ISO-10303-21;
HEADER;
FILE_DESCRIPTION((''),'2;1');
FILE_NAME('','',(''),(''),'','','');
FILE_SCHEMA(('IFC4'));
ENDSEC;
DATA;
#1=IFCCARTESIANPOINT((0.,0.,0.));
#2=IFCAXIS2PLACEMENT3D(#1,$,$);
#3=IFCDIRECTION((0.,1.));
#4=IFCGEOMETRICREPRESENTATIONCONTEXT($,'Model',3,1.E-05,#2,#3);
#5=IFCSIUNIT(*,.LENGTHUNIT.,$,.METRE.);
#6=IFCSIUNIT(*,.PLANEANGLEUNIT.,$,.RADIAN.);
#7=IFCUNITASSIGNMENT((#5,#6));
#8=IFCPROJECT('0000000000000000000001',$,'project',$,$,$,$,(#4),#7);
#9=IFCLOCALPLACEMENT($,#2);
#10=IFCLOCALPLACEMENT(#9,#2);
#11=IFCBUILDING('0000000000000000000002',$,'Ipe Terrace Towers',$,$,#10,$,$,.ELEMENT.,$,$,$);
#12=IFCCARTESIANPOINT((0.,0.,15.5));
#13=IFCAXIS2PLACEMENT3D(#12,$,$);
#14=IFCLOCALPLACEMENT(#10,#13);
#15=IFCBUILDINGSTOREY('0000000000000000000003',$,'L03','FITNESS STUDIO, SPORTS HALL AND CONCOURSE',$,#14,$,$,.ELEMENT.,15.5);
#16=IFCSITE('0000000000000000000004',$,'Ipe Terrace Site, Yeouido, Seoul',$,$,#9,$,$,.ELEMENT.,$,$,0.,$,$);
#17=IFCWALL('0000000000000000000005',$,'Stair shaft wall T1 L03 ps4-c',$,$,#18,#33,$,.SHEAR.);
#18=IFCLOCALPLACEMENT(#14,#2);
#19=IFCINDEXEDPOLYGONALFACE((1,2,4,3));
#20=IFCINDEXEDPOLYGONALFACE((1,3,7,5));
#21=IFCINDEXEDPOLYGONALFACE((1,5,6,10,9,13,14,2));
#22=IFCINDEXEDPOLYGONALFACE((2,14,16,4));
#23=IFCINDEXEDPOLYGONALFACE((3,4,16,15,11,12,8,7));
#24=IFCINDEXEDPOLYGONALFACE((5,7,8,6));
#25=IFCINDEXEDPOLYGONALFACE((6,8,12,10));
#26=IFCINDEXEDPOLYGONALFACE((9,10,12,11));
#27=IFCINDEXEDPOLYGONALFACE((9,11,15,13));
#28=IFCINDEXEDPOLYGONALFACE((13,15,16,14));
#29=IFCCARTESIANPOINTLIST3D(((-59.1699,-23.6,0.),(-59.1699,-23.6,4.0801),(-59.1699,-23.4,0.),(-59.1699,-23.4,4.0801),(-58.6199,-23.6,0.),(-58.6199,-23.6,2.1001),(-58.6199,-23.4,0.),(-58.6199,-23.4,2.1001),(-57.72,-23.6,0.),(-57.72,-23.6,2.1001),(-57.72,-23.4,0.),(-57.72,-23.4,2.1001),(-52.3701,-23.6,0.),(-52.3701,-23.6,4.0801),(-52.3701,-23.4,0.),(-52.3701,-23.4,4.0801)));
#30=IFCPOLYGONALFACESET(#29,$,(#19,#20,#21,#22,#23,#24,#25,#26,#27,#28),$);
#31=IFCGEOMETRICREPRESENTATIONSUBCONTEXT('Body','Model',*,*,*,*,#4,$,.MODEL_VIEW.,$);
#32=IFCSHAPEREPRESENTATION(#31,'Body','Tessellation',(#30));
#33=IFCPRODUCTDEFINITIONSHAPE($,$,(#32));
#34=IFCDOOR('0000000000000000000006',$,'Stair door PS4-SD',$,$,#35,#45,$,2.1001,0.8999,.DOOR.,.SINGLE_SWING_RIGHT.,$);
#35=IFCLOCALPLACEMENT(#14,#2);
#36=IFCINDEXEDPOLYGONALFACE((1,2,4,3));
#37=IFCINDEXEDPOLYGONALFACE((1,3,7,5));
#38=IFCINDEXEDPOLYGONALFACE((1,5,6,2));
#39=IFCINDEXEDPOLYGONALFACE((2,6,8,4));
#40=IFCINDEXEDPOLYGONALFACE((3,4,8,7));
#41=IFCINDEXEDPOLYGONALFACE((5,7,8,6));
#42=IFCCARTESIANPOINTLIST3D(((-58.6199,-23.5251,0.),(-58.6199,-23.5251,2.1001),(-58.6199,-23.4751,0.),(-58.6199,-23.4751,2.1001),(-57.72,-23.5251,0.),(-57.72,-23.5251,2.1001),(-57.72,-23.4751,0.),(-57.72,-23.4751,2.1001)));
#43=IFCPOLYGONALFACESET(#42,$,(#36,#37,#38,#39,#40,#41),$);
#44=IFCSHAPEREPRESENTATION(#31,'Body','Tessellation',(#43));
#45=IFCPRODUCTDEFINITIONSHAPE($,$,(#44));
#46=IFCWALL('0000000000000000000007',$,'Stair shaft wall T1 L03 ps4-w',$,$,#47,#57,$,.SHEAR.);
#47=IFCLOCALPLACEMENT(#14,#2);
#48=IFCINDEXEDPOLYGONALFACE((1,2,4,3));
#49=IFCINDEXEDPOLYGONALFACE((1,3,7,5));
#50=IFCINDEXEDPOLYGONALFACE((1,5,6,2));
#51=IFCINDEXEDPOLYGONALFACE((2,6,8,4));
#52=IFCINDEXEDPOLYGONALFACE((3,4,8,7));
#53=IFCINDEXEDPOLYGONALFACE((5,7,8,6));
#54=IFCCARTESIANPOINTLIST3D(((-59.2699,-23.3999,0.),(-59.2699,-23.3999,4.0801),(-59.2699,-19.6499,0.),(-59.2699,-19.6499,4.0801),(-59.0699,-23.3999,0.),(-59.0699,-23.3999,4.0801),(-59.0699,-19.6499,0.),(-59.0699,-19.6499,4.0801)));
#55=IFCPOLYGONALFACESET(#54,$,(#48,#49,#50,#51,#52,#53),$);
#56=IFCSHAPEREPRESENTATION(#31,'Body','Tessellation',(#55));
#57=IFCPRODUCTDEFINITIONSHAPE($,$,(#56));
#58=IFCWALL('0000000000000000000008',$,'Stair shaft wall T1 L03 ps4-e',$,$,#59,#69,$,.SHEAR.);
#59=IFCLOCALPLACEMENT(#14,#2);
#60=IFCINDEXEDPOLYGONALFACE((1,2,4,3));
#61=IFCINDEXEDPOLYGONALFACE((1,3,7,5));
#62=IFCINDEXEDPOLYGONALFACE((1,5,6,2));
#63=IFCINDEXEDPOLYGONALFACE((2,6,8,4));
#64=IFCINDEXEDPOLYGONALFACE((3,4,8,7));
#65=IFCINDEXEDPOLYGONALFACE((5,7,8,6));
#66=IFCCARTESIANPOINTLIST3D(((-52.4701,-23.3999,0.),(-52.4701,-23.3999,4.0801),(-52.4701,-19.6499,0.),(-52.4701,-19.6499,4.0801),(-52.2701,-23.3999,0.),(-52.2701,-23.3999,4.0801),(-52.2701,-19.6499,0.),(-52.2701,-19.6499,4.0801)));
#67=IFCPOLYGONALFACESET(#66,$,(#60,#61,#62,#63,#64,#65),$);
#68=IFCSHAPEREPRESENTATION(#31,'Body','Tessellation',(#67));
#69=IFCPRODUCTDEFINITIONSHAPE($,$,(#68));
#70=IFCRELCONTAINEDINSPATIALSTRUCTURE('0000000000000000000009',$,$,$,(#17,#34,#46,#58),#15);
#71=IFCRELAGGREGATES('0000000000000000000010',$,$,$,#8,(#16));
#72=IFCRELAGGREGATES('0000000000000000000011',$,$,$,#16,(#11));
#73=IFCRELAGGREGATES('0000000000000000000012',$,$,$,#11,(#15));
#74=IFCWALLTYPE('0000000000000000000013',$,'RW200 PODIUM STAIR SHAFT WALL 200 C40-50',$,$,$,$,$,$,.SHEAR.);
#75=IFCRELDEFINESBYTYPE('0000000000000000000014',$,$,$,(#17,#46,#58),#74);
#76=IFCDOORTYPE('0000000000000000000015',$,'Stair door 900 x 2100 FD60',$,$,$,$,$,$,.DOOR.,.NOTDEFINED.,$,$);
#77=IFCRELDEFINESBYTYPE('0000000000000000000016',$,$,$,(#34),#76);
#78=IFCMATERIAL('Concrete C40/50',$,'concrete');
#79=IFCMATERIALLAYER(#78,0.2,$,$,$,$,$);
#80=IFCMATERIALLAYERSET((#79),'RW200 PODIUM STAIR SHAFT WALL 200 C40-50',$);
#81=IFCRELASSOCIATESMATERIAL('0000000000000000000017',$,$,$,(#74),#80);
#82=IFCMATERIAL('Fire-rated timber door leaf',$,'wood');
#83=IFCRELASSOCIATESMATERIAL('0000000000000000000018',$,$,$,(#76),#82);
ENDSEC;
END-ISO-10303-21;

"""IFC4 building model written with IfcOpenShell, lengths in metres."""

from ifc_helpers import new_model, si_unit, direction, frame, frame_2d, origin, place, context, subcontext, project, spatial, rectangle, extrude, material, layer, layer_set, type_object, element, fill, save


model = new_model("IFC4")

# Units and contexts
model_context = context("Model", 3, precision=1e-05, world=origin(), true_north=direction((0.0, 1.0)))
body_context = subcontext(model_context, "Body", "Model", "MODEL_VIEW")
ifc_project = project(units=[si_unit("LENGTHUNIT", "METRE"), si_unit("PLANEANGLEUNIT", "RADIAN")], contexts=[model_context])

# Site, building, storey
site_placement = place(None, origin())
site = spatial("IfcSite", under=ifc_project, at=site_placement, Name="Ipe Terrace Site, Yeouido, Seoul", CompositionType="ELEMENT", RefElevation=0.0)
building_placement = place(site_placement, origin())
building = spatial("IfcBuilding", under=site, at=building_placement, Name="Ipe Terrace Towers", CompositionType="ELEMENT")
storey_placement = place(building_placement, frame((0.0, 0.0, 15.5)))
storey = spatial("IfcBuildingStorey", under=building, at=storey_placement, Name="L03", Description="FITNESS STUDIO, SPORTS HALL AND CONCOURSE", CompositionType="ELEMENT", Elevation=15.5)

# Wall, opening, door
ifc_material_1 = material(Name="Concrete C40/50", Category="concrete")
ifc_layer_1 = layer(ifc_material_1, 0.2)
ifc_layer_set_1 = layer_set([ifc_layer_1], Name="RW200 PODIUM STAIR SHAFT WALL 200 C40-50")
wall_type_1 = type_object("IfcWallType", Name="RW200 PODIUM STAIR SHAFT WALL 200 C40-50", PredefinedType="SHEAR", material=ifc_layer_set_1)
wall_1_placement = place(storey_placement, frame((-59.1699, -23.5, 0.0), z_axis=(0.0, 0.0, 1.0), x_axis=(1.0, 0.0, 0.0)))
wall_1 = element("IfcWall", 1, at=wall_1_placement, inside=storey, type_object=wall_type_1, Name="Stair shaft wall T1 L03 ps4-c", PredefinedType="SHEAR", context=body_context, shape_type="SweptSolid", body=[
    extrude(rectangle(XDim=6.7998, YDim=0.2, at=frame_2d((3.3999, 0.0))), origin(), (0.0, 0.0, 1.0), 4.0801),
])
opening_1_placement = place(wall_1_placement, frame((0.55, 0.0, 0.0)))
opening_1 = element("IfcOpeningElement", 2, at=opening_1_placement, cuts=wall_1, PredefinedType="OPENING", context=body_context, shape_type="SweptSolid", body=[
    extrude(rectangle(XDim=0.8999, YDim=2.1001, at=frame_2d((0.45, 1.05))), frame((0.0, 0.1099, 0.0), z_axis=(0.0, -1.0, 0.0), x_axis=(1.0, 0.0, 0.0)), (0.0, 0.0, 1.0), 0.22),
])
ifc_material_2 = material(Name="Fire-rated timber door leaf", Category="wood")
door_type_1 = type_object("IfcDoorType", Name="Stair door 900 x 2100 FD60", OperationType="NOTDEFINED", PredefinedType="DOOR", material=ifc_material_2)
door_1_placement = place(opening_1_placement, origin())
door_1 = element("IfcDoor", 3, at=door_1_placement, inside=storey, type_object=door_type_1, Name="Stair door PS4-SD", OperationType="SINGLE_SWING_RIGHT", OverallHeight=2.1001, OverallWidth=0.8999, PredefinedType="DOOR", context=body_context, shape_type="SweptSolid", body=[
    extrude(rectangle(XDim=0.8999, YDim=2.1001, at=frame_2d((0.45, 1.05))), frame((0.0, 0.0249, 0.0), z_axis=(0.0, -1.0, 0.0), x_axis=(1.0, 0.0, 0.0)), (0.0, 0.0, 1.0), 0.05),
])
fill(opening_1, door_1)

# Walls
for number, where, z_axis, x_axis, name in (
    (4, (-59.1699, -23.3999, 0.0), (0.0, 0.0, 1.0), (0.0, 1.0, 0.0), "Stair shaft wall T1 L03 ps4-w"),
    (5, (-52.3701, -23.3999, 0.0), (0.0, 0.0, 1.0), (0.0, 1.0, 0.0), "Stair shaft wall T1 L03 ps4-e"),
):
    element("IfcWall", number, at=place(storey_placement, frame(where, z_axis=z_axis, x_axis=x_axis)), inside=storey, type_object=wall_type_1, Name=name, PredefinedType="SHEAR", context=body_context, shape_type="SweptSolid", body=[
        extrude(rectangle(XDim=3.75, YDim=0.2, at=frame_2d((1.875, 0.0))), origin(), (0.0, 0.0, 1.0), 4.0801),
    ])

save(model, "model.ifc")
